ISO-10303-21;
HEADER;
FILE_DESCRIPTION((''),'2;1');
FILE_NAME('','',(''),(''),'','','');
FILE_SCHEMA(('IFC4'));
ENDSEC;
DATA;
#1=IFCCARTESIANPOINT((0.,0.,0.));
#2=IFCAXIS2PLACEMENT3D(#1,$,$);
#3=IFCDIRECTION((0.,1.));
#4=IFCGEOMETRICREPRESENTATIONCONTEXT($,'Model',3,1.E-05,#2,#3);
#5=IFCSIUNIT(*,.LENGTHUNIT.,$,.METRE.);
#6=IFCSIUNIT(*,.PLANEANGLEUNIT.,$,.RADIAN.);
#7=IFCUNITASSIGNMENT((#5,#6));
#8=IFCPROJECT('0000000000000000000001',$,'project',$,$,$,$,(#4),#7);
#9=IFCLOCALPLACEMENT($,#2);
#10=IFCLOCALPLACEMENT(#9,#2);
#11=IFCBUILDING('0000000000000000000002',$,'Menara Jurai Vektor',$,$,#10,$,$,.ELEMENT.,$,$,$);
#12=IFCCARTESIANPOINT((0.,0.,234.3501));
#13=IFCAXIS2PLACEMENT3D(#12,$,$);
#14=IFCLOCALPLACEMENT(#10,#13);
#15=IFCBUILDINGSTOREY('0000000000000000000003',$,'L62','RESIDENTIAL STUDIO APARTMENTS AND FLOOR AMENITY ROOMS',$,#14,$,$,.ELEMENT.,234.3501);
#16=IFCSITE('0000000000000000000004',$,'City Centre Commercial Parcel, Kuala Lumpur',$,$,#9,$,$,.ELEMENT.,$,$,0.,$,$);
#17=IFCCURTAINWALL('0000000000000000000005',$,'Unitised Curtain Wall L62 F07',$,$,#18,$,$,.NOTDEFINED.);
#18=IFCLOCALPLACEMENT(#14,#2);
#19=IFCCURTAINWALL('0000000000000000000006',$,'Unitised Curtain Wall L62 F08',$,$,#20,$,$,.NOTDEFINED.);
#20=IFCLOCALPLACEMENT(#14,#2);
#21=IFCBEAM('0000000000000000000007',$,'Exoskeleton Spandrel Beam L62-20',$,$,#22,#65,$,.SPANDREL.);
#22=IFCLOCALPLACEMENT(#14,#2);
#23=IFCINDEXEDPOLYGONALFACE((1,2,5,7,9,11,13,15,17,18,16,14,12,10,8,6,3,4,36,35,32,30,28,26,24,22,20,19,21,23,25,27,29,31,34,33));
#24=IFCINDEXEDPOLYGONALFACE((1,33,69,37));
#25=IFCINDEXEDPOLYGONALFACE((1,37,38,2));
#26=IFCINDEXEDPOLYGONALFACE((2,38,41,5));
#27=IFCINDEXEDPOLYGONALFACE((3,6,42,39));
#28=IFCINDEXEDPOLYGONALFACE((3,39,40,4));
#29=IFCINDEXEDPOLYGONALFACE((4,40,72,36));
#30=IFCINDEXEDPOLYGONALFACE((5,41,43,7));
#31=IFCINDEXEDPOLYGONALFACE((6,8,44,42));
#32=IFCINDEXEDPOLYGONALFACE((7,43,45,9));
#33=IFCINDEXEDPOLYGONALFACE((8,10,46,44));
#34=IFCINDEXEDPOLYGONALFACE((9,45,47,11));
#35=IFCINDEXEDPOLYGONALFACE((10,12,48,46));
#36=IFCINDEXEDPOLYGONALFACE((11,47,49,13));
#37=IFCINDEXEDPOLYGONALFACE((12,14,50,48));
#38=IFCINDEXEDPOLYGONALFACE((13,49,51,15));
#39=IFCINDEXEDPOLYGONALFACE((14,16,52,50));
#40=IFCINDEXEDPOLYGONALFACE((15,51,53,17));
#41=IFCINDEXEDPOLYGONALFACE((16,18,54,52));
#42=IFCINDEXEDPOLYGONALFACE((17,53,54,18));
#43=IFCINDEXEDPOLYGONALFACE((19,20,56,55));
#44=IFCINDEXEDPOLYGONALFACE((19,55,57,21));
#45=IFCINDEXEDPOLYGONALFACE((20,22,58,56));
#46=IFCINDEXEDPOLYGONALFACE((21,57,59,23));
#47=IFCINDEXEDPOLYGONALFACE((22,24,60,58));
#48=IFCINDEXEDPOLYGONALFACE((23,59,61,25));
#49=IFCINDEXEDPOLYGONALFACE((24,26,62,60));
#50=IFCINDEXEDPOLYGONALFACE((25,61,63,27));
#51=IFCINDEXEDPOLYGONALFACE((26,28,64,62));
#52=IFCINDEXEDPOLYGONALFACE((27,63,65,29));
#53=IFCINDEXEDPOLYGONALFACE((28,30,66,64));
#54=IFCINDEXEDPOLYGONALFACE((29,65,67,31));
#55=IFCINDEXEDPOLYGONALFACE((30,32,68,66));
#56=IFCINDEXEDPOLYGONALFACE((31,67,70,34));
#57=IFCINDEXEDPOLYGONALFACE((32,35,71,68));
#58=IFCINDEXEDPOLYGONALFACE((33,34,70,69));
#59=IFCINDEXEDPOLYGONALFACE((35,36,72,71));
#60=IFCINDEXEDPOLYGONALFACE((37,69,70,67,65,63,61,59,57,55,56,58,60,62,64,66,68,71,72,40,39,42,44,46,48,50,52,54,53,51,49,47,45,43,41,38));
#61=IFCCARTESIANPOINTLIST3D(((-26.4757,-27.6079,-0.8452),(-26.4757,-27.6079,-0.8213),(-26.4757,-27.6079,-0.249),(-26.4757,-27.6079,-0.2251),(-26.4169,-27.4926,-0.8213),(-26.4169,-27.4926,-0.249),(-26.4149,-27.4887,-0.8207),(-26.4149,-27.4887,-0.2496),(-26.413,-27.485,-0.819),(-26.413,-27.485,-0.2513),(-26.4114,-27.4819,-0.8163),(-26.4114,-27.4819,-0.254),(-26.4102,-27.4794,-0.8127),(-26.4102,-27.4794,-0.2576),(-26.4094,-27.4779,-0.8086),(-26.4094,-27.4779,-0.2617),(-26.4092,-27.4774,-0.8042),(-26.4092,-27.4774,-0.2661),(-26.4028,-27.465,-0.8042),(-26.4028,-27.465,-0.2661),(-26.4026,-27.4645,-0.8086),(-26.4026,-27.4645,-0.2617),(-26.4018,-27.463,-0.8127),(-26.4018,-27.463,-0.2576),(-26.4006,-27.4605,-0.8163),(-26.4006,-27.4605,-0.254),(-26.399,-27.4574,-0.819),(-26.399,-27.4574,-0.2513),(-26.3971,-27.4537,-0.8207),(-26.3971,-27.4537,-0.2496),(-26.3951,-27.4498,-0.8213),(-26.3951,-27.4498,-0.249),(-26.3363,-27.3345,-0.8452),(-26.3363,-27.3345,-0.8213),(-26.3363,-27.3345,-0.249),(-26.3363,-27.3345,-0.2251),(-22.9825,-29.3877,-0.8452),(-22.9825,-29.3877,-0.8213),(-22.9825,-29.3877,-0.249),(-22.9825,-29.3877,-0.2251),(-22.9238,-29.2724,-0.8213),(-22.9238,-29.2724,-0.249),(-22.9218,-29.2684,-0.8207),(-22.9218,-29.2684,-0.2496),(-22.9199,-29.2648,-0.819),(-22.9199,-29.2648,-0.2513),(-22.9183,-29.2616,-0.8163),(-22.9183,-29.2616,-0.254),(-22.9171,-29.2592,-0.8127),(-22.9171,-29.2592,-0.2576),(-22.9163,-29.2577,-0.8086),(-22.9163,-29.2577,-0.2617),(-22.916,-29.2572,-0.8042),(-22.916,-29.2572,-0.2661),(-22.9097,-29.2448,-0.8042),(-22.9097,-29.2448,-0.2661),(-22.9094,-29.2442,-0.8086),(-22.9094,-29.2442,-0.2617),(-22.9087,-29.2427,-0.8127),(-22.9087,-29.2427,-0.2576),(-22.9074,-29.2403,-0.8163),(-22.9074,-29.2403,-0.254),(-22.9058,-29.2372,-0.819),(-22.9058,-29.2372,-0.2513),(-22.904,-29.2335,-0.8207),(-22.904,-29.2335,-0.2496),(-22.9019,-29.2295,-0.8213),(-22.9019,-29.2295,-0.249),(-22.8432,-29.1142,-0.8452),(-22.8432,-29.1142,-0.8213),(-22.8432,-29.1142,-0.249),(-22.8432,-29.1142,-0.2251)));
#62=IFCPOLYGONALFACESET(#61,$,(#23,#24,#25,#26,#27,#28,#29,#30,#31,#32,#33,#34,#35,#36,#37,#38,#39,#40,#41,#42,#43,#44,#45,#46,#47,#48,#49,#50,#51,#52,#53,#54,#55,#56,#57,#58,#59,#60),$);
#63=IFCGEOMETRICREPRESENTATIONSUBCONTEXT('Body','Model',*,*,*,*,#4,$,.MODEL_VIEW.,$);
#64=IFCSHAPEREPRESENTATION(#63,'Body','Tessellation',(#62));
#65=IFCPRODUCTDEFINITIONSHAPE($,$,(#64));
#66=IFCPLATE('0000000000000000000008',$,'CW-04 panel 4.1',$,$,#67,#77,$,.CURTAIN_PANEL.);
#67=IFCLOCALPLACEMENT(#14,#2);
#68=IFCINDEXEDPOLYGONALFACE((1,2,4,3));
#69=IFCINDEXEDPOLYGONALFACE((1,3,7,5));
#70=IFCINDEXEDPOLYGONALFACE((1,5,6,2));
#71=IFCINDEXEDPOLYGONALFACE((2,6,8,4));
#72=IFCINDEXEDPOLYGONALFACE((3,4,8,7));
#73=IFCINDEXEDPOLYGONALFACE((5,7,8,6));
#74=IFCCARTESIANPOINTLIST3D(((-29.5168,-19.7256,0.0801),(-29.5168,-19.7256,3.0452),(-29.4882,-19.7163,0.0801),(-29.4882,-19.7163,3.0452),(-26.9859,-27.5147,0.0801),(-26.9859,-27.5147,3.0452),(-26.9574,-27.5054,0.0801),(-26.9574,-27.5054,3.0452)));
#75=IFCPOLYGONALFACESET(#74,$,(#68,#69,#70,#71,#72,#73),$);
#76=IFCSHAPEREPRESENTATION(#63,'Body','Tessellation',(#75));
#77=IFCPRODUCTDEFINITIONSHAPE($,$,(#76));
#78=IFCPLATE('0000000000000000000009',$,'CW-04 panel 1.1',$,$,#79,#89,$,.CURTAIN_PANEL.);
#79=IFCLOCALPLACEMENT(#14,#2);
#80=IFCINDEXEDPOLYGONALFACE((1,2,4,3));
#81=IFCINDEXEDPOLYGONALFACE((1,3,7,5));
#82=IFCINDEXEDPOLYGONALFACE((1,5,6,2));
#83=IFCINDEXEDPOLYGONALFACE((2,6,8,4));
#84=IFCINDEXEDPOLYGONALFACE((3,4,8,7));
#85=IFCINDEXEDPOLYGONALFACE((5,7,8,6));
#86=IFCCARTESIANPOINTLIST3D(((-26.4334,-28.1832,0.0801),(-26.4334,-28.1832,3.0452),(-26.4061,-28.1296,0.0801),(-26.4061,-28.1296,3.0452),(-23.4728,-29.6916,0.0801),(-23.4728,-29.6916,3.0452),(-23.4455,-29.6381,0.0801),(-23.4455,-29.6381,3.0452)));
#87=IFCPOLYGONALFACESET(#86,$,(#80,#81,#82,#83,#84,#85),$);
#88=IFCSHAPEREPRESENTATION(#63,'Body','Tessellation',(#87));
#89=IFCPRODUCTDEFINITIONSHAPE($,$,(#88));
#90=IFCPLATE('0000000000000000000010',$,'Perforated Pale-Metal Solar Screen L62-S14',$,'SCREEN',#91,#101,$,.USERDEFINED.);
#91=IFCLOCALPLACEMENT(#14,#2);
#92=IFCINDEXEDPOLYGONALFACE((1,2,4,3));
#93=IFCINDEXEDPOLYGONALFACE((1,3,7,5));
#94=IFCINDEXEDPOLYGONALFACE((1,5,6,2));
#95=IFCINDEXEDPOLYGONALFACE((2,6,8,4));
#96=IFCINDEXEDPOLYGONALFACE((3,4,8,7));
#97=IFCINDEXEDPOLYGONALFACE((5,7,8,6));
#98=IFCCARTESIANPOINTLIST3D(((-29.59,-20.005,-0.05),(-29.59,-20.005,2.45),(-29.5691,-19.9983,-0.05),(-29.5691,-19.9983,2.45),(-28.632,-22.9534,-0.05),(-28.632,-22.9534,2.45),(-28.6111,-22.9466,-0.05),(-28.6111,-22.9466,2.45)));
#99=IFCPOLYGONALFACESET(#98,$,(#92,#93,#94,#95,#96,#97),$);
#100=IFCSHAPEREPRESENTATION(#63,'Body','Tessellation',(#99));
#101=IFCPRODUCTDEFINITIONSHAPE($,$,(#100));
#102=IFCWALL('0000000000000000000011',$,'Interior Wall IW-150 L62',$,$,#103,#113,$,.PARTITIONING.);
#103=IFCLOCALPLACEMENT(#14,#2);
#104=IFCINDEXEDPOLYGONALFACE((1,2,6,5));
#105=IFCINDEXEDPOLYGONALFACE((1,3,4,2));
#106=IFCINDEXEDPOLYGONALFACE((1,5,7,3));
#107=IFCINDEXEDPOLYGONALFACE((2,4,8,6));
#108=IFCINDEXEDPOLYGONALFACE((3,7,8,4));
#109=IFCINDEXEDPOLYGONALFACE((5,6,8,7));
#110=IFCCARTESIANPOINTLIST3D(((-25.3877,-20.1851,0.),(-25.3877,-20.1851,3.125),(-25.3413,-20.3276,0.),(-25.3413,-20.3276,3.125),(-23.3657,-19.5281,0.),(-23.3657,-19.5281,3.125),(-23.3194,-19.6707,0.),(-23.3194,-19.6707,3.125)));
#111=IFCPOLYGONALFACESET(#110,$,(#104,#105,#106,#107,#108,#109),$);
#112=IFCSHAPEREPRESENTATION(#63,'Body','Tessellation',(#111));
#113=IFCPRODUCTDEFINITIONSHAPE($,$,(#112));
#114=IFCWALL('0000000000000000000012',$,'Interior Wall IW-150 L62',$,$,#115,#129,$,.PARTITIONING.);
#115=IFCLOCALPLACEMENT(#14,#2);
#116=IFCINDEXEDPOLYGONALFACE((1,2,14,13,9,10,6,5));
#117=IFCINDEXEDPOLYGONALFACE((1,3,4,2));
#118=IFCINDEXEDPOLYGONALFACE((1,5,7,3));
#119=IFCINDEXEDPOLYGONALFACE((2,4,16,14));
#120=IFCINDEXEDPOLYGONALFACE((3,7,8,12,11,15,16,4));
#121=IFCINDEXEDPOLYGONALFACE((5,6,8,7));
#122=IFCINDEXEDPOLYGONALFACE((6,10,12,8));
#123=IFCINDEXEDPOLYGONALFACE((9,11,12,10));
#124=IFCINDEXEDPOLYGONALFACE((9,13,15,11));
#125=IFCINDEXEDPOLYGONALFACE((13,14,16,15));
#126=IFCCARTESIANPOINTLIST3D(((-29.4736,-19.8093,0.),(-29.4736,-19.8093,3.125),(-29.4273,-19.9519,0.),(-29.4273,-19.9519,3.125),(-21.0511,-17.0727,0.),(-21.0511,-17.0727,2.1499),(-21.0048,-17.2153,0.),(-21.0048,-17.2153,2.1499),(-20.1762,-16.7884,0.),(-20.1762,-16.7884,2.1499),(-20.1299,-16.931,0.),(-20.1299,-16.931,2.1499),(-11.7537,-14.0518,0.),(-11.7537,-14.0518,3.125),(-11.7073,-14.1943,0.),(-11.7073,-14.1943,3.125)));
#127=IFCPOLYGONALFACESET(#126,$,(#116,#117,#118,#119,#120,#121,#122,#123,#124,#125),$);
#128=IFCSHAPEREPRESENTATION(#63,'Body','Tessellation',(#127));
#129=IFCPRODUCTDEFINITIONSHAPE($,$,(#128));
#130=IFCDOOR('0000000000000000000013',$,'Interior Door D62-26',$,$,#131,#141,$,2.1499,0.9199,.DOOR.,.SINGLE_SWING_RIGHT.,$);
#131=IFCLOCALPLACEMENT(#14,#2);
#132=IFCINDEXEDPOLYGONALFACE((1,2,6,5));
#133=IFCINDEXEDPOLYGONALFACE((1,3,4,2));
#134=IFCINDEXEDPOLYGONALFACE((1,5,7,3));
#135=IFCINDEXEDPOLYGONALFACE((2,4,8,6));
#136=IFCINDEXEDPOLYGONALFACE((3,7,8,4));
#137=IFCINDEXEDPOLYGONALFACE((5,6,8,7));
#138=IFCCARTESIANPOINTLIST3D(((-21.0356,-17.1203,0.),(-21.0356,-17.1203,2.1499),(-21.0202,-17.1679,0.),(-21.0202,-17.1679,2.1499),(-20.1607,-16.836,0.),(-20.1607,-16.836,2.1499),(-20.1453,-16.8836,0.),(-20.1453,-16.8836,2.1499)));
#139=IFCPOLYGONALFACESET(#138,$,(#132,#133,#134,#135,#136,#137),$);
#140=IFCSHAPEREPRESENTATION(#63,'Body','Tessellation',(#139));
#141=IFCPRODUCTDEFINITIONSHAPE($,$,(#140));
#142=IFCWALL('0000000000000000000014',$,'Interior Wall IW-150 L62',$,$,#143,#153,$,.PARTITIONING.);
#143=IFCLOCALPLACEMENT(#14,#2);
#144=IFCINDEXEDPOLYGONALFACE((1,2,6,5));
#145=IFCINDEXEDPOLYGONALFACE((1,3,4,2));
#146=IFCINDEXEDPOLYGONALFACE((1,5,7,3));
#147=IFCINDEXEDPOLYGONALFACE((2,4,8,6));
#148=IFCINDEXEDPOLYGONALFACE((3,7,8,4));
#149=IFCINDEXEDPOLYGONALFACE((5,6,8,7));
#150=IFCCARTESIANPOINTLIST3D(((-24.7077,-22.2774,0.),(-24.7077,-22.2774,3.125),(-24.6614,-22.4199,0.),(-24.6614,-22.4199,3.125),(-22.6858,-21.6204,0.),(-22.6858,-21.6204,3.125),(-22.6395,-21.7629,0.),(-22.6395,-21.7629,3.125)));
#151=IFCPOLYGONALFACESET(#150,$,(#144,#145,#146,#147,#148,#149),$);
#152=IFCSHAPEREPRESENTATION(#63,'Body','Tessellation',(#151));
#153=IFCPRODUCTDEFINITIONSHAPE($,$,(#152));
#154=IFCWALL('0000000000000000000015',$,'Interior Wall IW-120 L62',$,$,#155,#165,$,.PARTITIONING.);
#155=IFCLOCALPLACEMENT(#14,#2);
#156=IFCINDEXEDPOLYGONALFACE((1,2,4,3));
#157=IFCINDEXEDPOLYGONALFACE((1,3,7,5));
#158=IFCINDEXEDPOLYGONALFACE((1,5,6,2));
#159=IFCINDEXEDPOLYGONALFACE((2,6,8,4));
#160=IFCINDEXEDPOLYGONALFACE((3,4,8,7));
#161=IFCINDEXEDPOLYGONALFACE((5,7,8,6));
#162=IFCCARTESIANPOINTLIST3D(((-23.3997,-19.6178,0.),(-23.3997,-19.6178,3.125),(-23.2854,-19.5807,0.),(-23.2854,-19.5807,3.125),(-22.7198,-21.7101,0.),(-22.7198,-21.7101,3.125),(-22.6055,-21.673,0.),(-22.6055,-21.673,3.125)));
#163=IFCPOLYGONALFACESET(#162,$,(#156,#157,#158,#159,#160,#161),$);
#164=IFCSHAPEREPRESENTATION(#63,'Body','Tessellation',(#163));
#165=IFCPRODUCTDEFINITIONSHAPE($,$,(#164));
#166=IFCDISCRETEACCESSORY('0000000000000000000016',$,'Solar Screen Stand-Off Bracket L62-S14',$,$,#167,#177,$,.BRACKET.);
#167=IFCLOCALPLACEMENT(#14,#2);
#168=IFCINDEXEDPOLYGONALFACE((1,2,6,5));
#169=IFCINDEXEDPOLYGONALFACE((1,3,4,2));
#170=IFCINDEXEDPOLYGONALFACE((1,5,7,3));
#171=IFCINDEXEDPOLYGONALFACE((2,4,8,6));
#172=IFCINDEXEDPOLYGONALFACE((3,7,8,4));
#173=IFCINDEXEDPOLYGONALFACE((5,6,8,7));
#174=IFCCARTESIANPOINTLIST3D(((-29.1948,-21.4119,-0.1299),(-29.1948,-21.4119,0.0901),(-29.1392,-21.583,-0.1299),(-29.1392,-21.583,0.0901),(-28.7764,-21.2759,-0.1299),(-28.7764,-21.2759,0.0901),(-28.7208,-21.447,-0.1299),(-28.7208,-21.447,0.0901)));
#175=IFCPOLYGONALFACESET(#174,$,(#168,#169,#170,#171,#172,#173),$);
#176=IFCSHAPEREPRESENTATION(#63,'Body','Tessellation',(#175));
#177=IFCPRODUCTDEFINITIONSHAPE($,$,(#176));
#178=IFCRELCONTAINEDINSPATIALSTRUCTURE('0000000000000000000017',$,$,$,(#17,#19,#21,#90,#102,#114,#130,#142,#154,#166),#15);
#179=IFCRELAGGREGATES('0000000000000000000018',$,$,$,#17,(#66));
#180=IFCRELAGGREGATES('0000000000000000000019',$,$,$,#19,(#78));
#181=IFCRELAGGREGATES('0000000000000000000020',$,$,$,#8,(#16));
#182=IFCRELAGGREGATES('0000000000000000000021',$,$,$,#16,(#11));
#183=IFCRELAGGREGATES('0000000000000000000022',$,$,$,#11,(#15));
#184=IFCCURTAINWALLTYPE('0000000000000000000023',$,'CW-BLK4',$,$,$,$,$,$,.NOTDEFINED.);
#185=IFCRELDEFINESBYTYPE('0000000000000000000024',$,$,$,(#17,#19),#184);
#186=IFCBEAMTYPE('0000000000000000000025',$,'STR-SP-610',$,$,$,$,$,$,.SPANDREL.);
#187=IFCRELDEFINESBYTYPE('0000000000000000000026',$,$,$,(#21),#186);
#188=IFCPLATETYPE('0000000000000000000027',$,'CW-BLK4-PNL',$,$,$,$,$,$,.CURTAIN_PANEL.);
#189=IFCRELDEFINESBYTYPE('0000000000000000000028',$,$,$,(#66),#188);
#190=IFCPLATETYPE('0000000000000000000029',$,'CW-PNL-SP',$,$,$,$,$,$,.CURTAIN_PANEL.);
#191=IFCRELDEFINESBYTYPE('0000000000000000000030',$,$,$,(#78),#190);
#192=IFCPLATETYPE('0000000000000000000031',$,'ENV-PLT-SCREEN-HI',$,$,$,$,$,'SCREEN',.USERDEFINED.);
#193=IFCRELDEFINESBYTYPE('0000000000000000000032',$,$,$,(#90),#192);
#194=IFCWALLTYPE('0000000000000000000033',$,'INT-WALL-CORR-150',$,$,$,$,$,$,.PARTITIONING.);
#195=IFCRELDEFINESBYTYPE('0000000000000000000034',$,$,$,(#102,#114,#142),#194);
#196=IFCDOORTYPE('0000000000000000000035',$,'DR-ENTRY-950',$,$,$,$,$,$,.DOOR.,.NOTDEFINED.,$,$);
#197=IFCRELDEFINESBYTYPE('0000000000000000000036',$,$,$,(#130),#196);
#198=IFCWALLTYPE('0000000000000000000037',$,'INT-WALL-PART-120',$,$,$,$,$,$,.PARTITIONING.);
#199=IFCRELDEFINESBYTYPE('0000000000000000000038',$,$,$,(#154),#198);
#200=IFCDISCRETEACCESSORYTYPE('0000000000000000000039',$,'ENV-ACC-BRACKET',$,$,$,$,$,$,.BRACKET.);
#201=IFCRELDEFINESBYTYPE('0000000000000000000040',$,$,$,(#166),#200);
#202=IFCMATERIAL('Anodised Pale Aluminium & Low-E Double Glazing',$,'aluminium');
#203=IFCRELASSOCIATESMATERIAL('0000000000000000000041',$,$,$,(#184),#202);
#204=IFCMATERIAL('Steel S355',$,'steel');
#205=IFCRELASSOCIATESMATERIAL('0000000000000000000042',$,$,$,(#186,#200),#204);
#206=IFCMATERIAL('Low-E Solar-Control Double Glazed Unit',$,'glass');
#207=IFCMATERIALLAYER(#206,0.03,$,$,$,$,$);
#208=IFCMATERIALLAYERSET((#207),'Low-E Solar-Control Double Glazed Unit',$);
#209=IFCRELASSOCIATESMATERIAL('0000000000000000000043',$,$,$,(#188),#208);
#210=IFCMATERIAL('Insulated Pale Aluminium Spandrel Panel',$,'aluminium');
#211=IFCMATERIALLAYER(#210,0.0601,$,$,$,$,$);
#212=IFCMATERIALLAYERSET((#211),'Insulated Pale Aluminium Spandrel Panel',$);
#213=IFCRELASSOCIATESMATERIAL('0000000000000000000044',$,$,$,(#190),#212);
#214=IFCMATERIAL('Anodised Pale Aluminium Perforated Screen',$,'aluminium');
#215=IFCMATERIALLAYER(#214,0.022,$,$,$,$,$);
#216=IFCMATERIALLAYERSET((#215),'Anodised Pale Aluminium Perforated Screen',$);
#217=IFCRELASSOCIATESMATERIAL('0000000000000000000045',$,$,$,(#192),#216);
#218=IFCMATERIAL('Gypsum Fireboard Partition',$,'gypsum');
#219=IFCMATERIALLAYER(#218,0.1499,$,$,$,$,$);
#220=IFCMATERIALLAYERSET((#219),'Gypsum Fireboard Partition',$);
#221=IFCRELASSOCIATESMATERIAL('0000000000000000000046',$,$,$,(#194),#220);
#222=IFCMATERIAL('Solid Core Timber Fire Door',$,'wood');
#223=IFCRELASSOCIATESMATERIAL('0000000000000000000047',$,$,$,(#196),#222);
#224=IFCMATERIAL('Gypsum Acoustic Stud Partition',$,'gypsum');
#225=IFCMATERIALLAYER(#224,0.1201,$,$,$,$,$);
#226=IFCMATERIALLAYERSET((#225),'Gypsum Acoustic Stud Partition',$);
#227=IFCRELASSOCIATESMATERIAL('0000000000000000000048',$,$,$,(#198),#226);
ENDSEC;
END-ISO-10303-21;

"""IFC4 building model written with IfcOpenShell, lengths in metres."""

from ifc_helpers import new_model, si_unit, direction, frame, frame_2d, origin, origin_2d, place, context, subcontext, project, spatial, rectangle, i_section, extrude, material, layer, layer_set, material_profile, profile_set, type_object, element, fill, aggregate, save


model = new_model("IFC4")

# Units and contexts
model_context = context("Model", 3, precision=1e-05, world=origin(), true_north=direction((0.0, 1.0)))
body_context = subcontext(model_context, "Body", "Model", "MODEL_VIEW")
ifc_project = project(units=[si_unit("LENGTHUNIT", "METRE"), si_unit("PLANEANGLEUNIT", "RADIAN")], contexts=[model_context])

# Site, building, storey
site_placement = place(None, origin())
site = spatial("IfcSite", under=ifc_project, at=site_placement, Name="City Centre Commercial Parcel, Kuala Lumpur", CompositionType="ELEMENT", RefElevation=0.0)
building_placement = place(site_placement, origin())
building = spatial("IfcBuilding", under=site, at=building_placement, Name="Menara Jurai Vektor", CompositionType="ELEMENT")
storey_placement = place(building_placement, frame((0.0, 0.0, 234.3501)))
storey = spatial("IfcBuildingStorey", under=building, at=storey_placement, Name="L62", Description="RESIDENTIAL STUDIO APARTMENTS AND FLOOR AMENITY ROOMS", CompositionType="ELEMENT", Elevation=234.3501)

# Curtain wall
ifc_material_1 = material(Name="Anodised Pale Aluminium & Low-E Double Glazing", Category="aluminium")
curtain_wall_type = type_object("IfcCurtainWallType", Name="CW-BLK4", PredefinedType="NOTDEFINED", material=ifc_material_1)
curtain_wall_1_placement = place(storey_placement, origin())
curtain_wall_1 = element("IfcCurtainWall", 1, at=curtain_wall_1_placement, inside=storey, type_object=curtain_wall_type, Name="Unitised Curtain Wall L62 F07", PredefinedType="NOTDEFINED")

# Curtain wall
curtain_wall_2_placement = place(storey_placement, origin())
curtain_wall_2 = element("IfcCurtainWall", 2, at=curtain_wall_2_placement, inside=storey, type_object=curtain_wall_type, Name="Unitised Curtain Wall L62 F08", PredefinedType="NOTDEFINED")

# Shared definitions
ifc_material_2 = material(Name="Steel S355", Category="steel")

# Beam
ifc_material_profile_1 = material_profile(ifc_material_2, i_section(OverallWidth=0.3069, OverallDepth=0.6201, WebThickness=0.0139, FlangeThickness=0.0239, FilletRadius=0.0171, at=origin_2d()), Name="UKB 610x305x179")
ifc_profile_set_1 = profile_set([ifc_material_profile_1], Name="Steel S355")
beam_type_1 = type_object("IfcBeamType", Name="STR-SP-610", PredefinedType="SPANDREL", material=ifc_profile_set_1)
beam_1_placement = place(storey_placement, frame((-26.406, -27.4712, -0.5352), z_axis=(0.891014, -0.453976, 0.0), x_axis=(0.453976, 0.891014, 0.0)))
element("IfcBeam", 3, at=beam_1_placement, inside=storey, type_object=beam_type_1, Name="Exoskeleton Spandrel Beam L62-20", PredefinedType="SPANDREL", context=body_context, shape_type="SweptSolid", body=[
    extrude(i_section(OverallWidth=0.3069, OverallDepth=0.6201, WebThickness=0.0139, FlangeThickness=0.0239, FilletRadius=0.0171, at=origin_2d()), origin(), (0.0, 0.0, 1.0), 3.9204),
])

# Plates
ifc_material_3 = material(Name="Low-E Solar-Control Double Glazed Unit", Category="glass")
ifc_layer_1 = layer(ifc_material_3, 0.03)
ifc_layer_set_1 = layer_set([ifc_layer_1], Name="Low-E Solar-Control Double Glazed Unit")
plate_type_1 = type_object("IfcPlateType", Name="CW-BLK4-PNL", PredefinedType="CURTAIN_PANEL", material=ifc_layer_set_1)
plate_1_placement = place(storey_placement, frame((-28.2371, -23.6155, 0.0801), z_axis=(0.0, 0.0, 1.0), x_axis=(0.309016, -0.951057, 0.0)))
plate_1 = element("IfcPlate", 4, at=plate_1_placement, type_object=plate_type_1, Name="CW-04 panel 4.1", PredefinedType="CURTAIN_PANEL", context=body_context, shape_type="SweptSolid", body=[
    extrude(rectangle(XDim=8.1899, YDim=0.03, at=origin_2d()), origin(), (0.0, 0.0, 1.0), 2.9651),
])
aggregate(curtain_wall_1, [plate_1])
ifc_material_4 = material(Name="Insulated Pale Aluminium Spandrel Panel", Category="aluminium")
ifc_layer_2 = layer(ifc_material_4, 0.0601)
ifc_layer_set_2 = layer_set([ifc_layer_2], Name="Insulated Pale Aluminium Spandrel Panel")
plate_type_2 = type_object("IfcPlateType", Name="CW-PNL-SP", PredefinedType="CURTAIN_PANEL", material=ifc_layer_set_2)
plate_2_placement = place(storey_placement, frame((-24.9395, -28.9106, 0.0801), z_axis=(0.0, 0.0, 1.0), x_axis=(0.891008, -0.453989, 0.0)))
plate_2 = element("IfcPlate", 5, at=plate_2_placement, type_object=plate_type_2, Name="CW-04 panel 1.1", PredefinedType="CURTAIN_PANEL", context=body_context, shape_type="SweptSolid", body=[
    extrude(rectangle(XDim=3.3228, YDim=0.0601, at=origin_2d()), origin(), (0.0, 0.0, 1.0), 2.9651),
])
aggregate(curtain_wall_2, [plate_2])
ifc_material_5 = material(Name="Anodised Pale Aluminium Perforated Screen", Category="aluminium")
ifc_layer_3 = layer(ifc_material_5, 0.022)
ifc_layer_set_3 = layer_set([ifc_layer_3], Name="Anodised Pale Aluminium Perforated Screen")
plate_type_3 = type_object("IfcPlateType", Name="ENV-PLT-SCREEN-HI", ElementType="SCREEN", PredefinedType="USERDEFINED", material=ifc_layer_set_3)
plate_3_placement = place(storey_placement, frame((-29.1006, -21.4758, -0.05), z_axis=(0.0, 0.0, 1.0), x_axis=(0.309017, -0.951057, 0.0)))
element("IfcPlate", 6, at=plate_3_placement, inside=storey, type_object=plate_type_3, Name="Perforated Pale-Metal Solar Screen L62-S14", ObjectType="SCREEN", PredefinedType="USERDEFINED", context=body_context, shape_type="SweptSolid", body=[
    extrude(rectangle(XDim=3.1001, YDim=0.022, at=origin_2d()), origin(), (0.0, 0.0, 1.0), 2.5),
])

# Shared definitions
ifc_material_6 = material(Name="Gypsum Fireboard Partition", Category="gypsum")
ifc_layer_4 = layer(ifc_material_6, 0.1499)
ifc_layer_set_4 = layer_set([ifc_layer_4], Name="Gypsum Fireboard Partition")
wall_type_1 = type_object("IfcWallType", Name="INT-WALL-CORR-150", PredefinedType="PARTITIONING", material=ifc_layer_set_4)
ifc_material_7 = material(Name="Solid Core Timber Fire Door", Category="wood")
door_type_1 = type_object("IfcDoorType", Name="DR-ENTRY-950", OperationType="NOTDEFINED", PredefinedType="DOOR", material=ifc_material_7)

# Wall
wall_1_placement = place(storey_placement, frame((-25.3645, -20.2563, 0.0), z_axis=(0.0, 0.0, 1.0), x_axis=(0.951056, 0.309019, 0.0)))
element("IfcWall", 7, at=wall_1_placement, inside=storey, type_object=wall_type_1, Name="Interior Wall IW-150 L62", PredefinedType="PARTITIONING", context=body_context, shape_type="SweptSolid", body=[
    extrude(rectangle(XDim=2.126, YDim=0.1499, at=frame_2d((1.063, 0.0))), origin(), (0.0, 0.0, 1.0), 3.125),
])

# Wall, opening, door
wall_2_placement = place(storey_placement, frame((-29.4504, -19.8806, 0.0), z_axis=(0.0, 0.0, 1.0), x_axis=(0.951057, 0.309017, 0.0)))
wall_2 = element("IfcWall", 8, at=wall_2_placement, inside=storey, type_object=wall_type_1, Name="Interior Wall IW-150 L62", PredefinedType="PARTITIONING", context=body_context, shape_type="SweptSolid", body=[
    extrude(rectangle(XDim=18.6318, YDim=0.1499, at=frame_2d((9.3159, 0.0))), origin(), (0.0, 0.0, 1.0), 3.125),
])
opening_1_placement = place(wall_2_placement, frame((8.856, 0.0, 0.0)))
opening_1 = element("IfcOpeningElement", 9, at=opening_1_placement, cuts=wall_2, PredefinedType="OPENING", context=body_context, shape_type="SweptSolid", body=[
    extrude(rectangle(XDim=0.9199, YDim=2.1499, at=frame_2d((0.46, 1.075))), frame((0.0, 0.085, 0.0), z_axis=(0.0, -1.0, 0.0), x_axis=(1.0, 0.0, 0.0)), (0.0, 0.0, 1.0), 0.1699),
])
door_1_placement = place(opening_1_placement, origin())
door_1 = element("IfcDoor", 10, at=door_1_placement, inside=storey, type_object=door_type_1, Name="Interior Door D62-26", OperationType="SINGLE_SWING_RIGHT", OverallHeight=2.1499, OverallWidth=0.9199, PredefinedType="DOOR", context=body_context, shape_type="SweptSolid", body=[
    extrude(rectangle(XDim=0.9199, YDim=2.1499, at=frame_2d((0.46, 1.075))), frame((0.0, 0.0249, 0.0), z_axis=(0.0, -1.0, 0.0), x_axis=(1.0, 0.0, 0.0)), (0.0, 0.0, 1.0), 0.05),
])
fill(opening_1, door_1)

# Wall
wall_3_placement = place(storey_placement, frame((-24.6846, -22.3486, 0.0), z_axis=(0.0, 0.0, 1.0), x_axis=(0.951056, 0.309019, 0.0)))
element("IfcWall", 11, at=wall_3_placement, inside=storey, type_object=wall_type_1, Name="Interior Wall IW-150 L62", PredefinedType="PARTITIONING", context=body_context, shape_type="SweptSolid", body=[
    extrude(rectangle(XDim=2.126, YDim=0.1499, at=frame_2d((1.063, 0.0))), origin(), (0.0, 0.0, 1.0), 3.125),
])

# Wall
ifc_material_8 = material(Name="Gypsum Acoustic Stud Partition", Category="gypsum")
ifc_layer_5 = layer(ifc_material_8, 0.1201)
ifc_layer_set_5 = layer_set([ifc_layer_5], Name="Gypsum Acoustic Stud Partition")
wall_type_2 = type_object("IfcWallType", Name="INT-WALL-PART-120", PredefinedType="PARTITIONING", material=ifc_layer_set_5)
wall_4_placement = place(storey_placement, frame((-22.6626, -21.6917, 0.0), z_axis=(0.0, 0.0, 1.0), x_axis=(-0.309061, 0.951042, 0.0)))
element("IfcWall", 12, at=wall_4_placement, inside=storey, type_object=wall_type_2, Name="Interior Wall IW-120 L62", PredefinedType="PARTITIONING", context=body_context, shape_type="SweptSolid", body=[
    extrude(rectangle(XDim=2.2, YDim=0.1201, at=frame_2d((1.1001, 0.0))), origin(), (0.0, 0.0, 1.0), 3.125),
])

# Discrete accessory
discrete_accessory_type = type_object("IfcDiscreteAccessoryType", Name="ENV-ACC-BRACKET", PredefinedType="BRACKET", material=ifc_material_2)
discrete_accessory_placement = place(storey_placement, frame((-28.9578, -21.4294, -0.1299), z_axis=(0.0, 0.0, 1.0), x_axis=(0.309017, -0.951057, 0.0)))
element("IfcDiscreteAccessory", 13, at=discrete_accessory_placement, inside=storey, type_object=discrete_accessory_type, Name="Solar Screen Stand-Off Bracket L62-S14", PredefinedType="BRACKET", context=body_context, shape_type="SweptSolid", body=[
    extrude(rectangle(XDim=0.1799, YDim=0.4399, at=origin_2d()), origin(), (0.0, 0.0, 1.0), 0.22),
])

save(model, "model.ifc")
